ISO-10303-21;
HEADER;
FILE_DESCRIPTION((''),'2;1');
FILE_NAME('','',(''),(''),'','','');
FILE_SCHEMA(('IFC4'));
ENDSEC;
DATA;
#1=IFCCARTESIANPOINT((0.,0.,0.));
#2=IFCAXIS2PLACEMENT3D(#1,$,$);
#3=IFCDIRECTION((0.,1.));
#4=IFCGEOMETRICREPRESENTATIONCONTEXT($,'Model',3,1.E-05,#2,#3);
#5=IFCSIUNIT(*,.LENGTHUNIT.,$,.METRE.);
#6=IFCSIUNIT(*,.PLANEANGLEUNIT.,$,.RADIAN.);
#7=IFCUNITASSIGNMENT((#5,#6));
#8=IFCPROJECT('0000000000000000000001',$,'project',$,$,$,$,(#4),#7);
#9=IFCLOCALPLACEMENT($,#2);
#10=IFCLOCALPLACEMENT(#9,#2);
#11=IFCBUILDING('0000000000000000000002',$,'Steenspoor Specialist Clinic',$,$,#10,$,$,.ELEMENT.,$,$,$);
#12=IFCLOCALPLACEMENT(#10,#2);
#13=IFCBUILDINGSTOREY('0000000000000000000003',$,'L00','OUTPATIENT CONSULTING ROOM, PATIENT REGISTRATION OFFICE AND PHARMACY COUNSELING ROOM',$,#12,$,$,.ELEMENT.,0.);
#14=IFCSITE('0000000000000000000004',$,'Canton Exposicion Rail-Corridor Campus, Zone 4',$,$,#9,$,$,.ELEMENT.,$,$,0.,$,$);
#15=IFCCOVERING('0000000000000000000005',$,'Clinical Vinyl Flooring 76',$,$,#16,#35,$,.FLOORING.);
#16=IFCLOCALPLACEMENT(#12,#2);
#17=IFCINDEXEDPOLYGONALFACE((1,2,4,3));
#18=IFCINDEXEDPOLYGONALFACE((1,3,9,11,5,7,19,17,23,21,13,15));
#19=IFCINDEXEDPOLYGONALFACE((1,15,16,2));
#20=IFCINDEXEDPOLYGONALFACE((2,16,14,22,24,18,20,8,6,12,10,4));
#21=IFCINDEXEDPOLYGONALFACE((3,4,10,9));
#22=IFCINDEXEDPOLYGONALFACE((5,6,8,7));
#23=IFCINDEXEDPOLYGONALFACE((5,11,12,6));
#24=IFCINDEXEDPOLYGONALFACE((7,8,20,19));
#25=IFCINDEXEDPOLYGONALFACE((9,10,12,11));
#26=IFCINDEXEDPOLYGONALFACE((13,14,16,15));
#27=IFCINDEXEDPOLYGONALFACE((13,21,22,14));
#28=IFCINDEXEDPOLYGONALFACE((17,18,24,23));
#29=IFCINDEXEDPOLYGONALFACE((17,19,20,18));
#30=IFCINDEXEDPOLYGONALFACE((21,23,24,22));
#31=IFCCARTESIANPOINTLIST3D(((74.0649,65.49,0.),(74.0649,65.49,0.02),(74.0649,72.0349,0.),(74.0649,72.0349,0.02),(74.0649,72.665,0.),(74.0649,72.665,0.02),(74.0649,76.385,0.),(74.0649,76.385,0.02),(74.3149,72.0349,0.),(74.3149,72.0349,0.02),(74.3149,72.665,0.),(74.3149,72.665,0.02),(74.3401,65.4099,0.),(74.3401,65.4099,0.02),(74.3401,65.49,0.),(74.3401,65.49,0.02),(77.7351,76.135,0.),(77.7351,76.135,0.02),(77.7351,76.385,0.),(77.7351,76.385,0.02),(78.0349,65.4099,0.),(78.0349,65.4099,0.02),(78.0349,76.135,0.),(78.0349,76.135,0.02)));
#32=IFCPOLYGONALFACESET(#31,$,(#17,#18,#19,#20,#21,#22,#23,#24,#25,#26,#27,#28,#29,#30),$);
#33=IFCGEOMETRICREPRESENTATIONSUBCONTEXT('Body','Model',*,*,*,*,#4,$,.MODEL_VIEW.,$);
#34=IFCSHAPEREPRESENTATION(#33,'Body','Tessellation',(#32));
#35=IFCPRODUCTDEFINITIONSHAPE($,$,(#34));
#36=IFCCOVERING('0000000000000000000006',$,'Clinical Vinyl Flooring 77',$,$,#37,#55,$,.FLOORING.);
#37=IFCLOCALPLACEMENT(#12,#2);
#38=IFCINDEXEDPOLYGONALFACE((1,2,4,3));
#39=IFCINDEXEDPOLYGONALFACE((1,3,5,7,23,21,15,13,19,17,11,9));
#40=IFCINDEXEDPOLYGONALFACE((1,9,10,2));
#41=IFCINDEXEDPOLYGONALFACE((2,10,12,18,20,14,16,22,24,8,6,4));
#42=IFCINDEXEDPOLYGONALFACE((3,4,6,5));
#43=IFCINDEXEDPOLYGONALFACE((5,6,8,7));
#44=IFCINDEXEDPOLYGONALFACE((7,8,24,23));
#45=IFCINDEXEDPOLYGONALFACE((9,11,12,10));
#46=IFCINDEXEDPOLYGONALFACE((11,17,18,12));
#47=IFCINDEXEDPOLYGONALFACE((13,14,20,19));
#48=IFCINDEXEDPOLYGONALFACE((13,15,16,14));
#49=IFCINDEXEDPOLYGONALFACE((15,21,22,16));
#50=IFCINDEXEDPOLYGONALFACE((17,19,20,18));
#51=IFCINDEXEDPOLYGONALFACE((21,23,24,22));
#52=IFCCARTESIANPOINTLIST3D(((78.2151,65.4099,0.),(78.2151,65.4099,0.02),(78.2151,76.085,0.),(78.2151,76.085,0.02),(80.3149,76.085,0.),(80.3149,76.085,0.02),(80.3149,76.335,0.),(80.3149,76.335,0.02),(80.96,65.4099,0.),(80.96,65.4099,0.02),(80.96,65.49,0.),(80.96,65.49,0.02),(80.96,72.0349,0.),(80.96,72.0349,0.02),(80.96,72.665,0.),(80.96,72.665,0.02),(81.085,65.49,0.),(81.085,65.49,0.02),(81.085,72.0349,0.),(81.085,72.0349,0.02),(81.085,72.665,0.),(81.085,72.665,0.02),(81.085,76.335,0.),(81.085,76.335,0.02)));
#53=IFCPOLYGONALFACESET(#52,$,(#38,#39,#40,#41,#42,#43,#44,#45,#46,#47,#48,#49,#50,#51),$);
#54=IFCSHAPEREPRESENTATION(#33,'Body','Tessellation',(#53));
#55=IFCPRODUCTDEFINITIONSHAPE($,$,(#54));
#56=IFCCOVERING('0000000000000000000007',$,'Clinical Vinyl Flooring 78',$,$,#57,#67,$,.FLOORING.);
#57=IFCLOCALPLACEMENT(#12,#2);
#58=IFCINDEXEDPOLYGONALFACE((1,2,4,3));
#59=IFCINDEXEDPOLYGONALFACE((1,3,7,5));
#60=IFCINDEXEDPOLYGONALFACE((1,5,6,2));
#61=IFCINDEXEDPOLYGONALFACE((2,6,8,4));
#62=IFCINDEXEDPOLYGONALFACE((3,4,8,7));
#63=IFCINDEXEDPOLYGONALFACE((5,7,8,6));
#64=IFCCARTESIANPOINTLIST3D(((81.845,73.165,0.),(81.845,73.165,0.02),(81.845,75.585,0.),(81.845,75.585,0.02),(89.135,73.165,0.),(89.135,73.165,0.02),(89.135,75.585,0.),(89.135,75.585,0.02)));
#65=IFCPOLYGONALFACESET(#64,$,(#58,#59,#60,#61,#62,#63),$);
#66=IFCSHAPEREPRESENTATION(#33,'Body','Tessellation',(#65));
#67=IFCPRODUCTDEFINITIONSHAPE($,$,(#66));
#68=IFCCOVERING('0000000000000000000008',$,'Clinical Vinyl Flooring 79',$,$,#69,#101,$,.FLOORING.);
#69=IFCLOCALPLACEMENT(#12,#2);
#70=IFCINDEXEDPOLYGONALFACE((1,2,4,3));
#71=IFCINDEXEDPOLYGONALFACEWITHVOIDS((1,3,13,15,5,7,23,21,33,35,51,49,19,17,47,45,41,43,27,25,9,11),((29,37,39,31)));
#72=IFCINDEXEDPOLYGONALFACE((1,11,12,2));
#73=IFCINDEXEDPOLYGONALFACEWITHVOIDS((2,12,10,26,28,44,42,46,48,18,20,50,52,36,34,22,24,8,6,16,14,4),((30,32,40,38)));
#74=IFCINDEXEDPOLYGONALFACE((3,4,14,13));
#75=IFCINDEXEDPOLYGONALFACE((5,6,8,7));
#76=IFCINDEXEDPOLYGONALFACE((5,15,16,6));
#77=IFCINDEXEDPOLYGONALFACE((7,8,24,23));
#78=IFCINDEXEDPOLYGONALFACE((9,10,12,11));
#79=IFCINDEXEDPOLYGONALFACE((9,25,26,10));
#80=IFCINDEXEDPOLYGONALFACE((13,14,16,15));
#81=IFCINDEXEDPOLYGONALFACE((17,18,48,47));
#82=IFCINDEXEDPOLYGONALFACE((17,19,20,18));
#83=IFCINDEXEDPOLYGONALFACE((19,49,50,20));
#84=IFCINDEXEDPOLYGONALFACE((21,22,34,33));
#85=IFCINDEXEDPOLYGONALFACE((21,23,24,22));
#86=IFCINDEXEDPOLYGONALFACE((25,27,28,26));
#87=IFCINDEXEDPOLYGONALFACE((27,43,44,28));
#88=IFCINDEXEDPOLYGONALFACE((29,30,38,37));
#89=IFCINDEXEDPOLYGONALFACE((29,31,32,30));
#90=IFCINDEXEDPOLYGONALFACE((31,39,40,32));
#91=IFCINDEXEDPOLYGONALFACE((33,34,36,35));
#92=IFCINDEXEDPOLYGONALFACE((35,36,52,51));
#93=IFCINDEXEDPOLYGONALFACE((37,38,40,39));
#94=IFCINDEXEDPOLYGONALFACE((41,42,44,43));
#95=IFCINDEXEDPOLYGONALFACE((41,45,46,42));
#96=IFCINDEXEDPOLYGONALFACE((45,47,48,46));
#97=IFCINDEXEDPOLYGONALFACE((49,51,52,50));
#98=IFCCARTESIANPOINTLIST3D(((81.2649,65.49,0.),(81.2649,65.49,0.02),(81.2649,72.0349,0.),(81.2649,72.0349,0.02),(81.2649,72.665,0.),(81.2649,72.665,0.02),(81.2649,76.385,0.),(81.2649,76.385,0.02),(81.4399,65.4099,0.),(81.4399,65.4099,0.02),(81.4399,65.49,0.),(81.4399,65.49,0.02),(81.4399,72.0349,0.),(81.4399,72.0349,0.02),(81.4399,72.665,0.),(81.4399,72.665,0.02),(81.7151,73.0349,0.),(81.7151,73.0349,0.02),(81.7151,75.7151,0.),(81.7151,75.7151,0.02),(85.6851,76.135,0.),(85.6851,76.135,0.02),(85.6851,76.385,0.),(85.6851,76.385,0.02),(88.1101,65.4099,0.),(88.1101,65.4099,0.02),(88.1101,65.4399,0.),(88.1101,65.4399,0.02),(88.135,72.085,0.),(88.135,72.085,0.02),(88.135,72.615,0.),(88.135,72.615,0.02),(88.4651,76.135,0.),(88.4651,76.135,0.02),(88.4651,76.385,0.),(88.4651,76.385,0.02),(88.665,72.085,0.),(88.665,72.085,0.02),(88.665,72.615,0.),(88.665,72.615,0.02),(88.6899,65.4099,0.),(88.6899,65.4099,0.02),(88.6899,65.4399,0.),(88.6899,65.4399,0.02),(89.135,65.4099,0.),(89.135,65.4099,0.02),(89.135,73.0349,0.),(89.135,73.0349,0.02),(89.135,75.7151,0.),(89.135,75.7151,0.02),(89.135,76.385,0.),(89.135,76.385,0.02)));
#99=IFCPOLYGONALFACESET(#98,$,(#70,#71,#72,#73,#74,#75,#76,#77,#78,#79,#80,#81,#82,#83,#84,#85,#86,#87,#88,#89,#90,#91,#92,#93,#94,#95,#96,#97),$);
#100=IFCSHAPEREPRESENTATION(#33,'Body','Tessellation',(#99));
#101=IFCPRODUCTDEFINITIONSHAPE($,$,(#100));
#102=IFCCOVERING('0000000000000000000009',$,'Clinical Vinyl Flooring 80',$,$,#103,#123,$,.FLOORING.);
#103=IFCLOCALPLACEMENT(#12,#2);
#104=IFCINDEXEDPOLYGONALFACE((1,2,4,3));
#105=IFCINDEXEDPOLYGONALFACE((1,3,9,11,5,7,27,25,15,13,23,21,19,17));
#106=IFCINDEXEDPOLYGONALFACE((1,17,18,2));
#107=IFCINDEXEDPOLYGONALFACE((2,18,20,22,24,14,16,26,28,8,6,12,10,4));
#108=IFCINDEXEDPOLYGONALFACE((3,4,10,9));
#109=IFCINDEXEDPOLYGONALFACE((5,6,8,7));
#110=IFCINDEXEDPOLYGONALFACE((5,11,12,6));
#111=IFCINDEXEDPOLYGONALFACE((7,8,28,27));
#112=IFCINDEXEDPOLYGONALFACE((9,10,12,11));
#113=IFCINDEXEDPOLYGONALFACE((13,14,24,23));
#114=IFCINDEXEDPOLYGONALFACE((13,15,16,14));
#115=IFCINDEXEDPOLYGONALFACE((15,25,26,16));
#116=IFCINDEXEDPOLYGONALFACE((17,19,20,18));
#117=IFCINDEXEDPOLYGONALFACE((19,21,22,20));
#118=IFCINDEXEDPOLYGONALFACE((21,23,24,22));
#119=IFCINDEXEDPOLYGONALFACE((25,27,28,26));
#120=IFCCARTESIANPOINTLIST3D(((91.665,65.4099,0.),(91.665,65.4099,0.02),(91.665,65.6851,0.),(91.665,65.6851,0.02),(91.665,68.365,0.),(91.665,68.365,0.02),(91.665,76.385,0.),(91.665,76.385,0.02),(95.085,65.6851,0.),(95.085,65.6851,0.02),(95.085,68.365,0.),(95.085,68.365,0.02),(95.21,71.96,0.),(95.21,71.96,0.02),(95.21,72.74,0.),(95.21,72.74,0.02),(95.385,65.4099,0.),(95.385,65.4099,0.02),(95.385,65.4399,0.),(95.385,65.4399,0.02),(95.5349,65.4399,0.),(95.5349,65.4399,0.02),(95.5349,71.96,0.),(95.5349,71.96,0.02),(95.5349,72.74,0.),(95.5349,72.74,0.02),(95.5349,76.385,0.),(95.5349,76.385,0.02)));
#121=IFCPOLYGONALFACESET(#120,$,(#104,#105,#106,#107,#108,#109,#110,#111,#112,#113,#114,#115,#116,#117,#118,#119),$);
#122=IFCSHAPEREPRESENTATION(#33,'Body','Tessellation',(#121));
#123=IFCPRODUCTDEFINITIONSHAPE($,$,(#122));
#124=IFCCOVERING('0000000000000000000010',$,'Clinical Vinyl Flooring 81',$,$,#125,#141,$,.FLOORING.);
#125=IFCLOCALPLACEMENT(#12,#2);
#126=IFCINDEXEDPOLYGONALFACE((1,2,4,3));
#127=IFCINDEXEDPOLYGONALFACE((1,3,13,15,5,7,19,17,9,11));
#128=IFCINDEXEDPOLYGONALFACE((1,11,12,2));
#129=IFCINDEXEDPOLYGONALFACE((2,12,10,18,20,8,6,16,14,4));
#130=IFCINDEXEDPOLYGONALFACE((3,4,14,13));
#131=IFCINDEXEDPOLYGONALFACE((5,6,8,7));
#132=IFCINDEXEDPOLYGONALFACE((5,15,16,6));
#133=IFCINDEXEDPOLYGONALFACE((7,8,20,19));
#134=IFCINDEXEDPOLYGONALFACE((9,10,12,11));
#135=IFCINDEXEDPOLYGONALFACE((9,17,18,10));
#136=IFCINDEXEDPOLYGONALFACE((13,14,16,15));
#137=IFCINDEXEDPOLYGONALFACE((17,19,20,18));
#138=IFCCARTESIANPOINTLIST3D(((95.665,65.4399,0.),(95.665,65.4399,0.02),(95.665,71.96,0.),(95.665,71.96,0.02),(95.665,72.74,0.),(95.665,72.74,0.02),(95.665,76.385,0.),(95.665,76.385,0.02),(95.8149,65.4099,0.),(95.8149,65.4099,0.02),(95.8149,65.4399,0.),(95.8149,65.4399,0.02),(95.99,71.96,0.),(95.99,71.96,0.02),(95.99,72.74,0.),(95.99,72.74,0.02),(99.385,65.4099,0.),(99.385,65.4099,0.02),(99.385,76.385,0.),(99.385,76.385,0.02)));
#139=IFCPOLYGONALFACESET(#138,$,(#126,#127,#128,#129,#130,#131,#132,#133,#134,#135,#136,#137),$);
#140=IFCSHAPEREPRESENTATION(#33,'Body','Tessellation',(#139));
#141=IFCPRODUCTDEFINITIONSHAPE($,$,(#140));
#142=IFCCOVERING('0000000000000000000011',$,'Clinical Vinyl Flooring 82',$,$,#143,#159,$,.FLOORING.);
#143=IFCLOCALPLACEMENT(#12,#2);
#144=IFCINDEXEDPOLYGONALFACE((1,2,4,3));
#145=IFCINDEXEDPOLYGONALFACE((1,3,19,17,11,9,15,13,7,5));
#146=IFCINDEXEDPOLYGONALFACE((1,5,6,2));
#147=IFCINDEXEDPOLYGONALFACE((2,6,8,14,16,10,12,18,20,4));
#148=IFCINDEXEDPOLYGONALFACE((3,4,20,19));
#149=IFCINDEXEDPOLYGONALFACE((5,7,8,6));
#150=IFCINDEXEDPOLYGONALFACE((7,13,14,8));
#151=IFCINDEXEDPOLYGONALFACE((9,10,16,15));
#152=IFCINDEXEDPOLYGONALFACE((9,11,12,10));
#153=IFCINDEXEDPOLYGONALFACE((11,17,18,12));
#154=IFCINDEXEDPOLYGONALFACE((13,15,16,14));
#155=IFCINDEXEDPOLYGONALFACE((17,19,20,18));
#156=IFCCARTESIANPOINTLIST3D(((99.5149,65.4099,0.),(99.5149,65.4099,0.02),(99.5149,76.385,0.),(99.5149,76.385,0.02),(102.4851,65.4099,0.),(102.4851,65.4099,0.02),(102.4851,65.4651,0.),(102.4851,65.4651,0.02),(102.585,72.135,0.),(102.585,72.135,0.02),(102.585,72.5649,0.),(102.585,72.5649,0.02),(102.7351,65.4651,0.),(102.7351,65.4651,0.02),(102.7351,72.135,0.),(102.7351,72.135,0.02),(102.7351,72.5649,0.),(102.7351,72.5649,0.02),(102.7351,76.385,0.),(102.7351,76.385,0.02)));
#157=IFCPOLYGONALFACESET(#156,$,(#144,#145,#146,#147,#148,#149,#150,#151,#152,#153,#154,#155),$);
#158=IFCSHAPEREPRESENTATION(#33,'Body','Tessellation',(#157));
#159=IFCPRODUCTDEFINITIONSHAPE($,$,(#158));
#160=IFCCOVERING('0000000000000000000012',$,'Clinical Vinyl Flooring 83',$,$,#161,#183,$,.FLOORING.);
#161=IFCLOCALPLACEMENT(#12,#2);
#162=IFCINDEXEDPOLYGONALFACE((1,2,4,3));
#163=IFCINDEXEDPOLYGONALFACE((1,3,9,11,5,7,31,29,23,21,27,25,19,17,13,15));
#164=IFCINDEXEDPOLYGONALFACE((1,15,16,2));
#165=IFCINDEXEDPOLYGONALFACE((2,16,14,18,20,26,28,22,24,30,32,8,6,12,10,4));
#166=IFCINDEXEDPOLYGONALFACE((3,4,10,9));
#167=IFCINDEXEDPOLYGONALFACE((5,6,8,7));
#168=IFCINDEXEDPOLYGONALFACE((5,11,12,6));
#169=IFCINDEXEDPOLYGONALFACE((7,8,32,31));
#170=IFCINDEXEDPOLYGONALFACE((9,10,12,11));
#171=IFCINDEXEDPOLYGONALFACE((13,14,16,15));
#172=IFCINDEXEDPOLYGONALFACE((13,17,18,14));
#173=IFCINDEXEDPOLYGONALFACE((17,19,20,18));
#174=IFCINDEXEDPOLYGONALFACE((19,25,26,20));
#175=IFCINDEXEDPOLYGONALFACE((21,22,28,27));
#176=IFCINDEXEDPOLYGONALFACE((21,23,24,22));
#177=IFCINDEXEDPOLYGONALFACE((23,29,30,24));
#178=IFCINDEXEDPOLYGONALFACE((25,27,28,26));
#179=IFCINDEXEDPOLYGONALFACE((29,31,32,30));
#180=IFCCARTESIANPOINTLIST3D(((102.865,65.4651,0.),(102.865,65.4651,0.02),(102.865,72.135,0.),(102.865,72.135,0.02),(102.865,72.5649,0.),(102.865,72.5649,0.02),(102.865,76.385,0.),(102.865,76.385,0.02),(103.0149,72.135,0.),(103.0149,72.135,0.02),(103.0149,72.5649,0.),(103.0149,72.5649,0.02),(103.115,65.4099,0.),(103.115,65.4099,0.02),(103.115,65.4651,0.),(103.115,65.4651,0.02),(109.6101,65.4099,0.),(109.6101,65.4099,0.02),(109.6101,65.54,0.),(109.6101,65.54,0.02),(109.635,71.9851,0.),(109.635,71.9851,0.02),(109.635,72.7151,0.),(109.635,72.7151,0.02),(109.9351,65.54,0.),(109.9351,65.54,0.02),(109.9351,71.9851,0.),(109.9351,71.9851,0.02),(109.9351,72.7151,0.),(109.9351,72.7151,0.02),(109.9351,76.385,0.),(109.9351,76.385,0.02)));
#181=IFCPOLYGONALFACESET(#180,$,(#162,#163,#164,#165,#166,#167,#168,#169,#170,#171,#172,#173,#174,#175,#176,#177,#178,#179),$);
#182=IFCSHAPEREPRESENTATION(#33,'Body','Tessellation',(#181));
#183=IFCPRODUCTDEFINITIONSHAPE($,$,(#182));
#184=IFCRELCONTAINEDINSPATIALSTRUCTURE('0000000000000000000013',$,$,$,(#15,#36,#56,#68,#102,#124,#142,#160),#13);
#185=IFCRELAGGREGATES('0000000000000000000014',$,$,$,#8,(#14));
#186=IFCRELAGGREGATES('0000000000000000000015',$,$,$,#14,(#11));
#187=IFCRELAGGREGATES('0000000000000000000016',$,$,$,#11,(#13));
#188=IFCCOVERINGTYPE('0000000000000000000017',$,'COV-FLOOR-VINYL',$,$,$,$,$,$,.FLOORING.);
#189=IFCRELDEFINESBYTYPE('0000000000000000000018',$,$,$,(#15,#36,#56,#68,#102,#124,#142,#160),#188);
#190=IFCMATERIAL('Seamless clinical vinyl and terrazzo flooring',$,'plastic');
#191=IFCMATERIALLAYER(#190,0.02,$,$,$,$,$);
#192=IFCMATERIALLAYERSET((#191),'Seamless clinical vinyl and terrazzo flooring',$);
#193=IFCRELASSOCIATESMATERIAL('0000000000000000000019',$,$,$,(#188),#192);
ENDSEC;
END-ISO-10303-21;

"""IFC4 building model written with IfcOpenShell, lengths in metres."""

from ifc_helpers import new_model, si_unit, direction, origin, place, context, subcontext, project, spatial, polyline, outline, extrude, material, layer, layer_set, type_object, element, save


model = new_model("IFC4")

# Units and contexts
model_context = context("Model", 3, precision=1e-05, world=origin(), true_north=direction((0.0, 1.0)))
body_context = subcontext(model_context, "Body", "Model", "MODEL_VIEW")
ifc_project = project(units=[si_unit("LENGTHUNIT", "METRE"), si_unit("PLANEANGLEUNIT", "RADIAN")], contexts=[model_context])

# Site, building, storey
site_placement = place(None, origin())
site = spatial("IfcSite", under=ifc_project, at=site_placement, Name="Canton Exposicion Rail-Corridor Campus, Zone 4", CompositionType="ELEMENT", RefElevation=0.0)
building_placement = place(site_placement, origin())
building = spatial("IfcBuilding", under=site, at=building_placement, Name="Steenspoor Specialist Clinic", CompositionType="ELEMENT")
storey_placement = place(building_placement, origin())
storey = spatial("IfcBuildingStorey", under=building, at=storey_placement, Name="L00", Description="OUTPATIENT CONSULTING ROOM, PATIENT REGISTRATION OFFICE AND PHARMACY COUNSELING ROOM", CompositionType="ELEMENT", Elevation=0.0)

# Coverings
ifc_material = material(Name="Seamless clinical vinyl and terrazzo flooring", Category="plastic")
ifc_layer = layer(ifc_material, 0.02)
ifc_layer_set = layer_set([ifc_layer], Name="Seamless clinical vinyl and terrazzo flooring")
covering_type = type_object("IfcCoveringType", Name="COV-FLOOR-VINYL", PredefinedType="FLOORING", material=ifc_layer_set)
covering_1_placement = place(storey_placement, origin())
element("IfcCovering", 1, at=covering_1_placement, inside=storey, type_object=covering_type, Name="Clinical Vinyl Flooring 76", PredefinedType="FLOORING", context=body_context, shape_type="SweptSolid", body=[
    extrude(outline(polyline([(74.3401, 65.4099), (74.3401, 65.49), (74.0649, 65.49), (74.0649, 72.0349), (74.3149, 72.0349), (74.3149, 72.665), (74.0649, 72.665), (74.0649, 76.385), (77.7351, 76.385), (77.7351, 76.135), (78.0349, 76.135), (78.0349, 65.4099), (74.3401, 65.4099)])), origin(), (0.0, 0.0, 1.0), 0.02),
])
covering_2_placement = place(storey_placement, origin())
element("IfcCovering", 2, at=covering_2_placement, inside=storey, type_object=covering_type, Name="Clinical Vinyl Flooring 77", PredefinedType="FLOORING", context=body_context, shape_type="SweptSolid", body=[
    extrude(outline(polyline([(80.3149, 76.085), (80.3149, 76.335), (81.085, 76.335), (81.085, 72.665), (80.96, 72.665), (80.96, 72.0349), (81.085, 72.0349), (81.085, 65.49), (80.96, 65.49), (80.96, 65.4099), (78.2151, 65.4099), (78.2151, 76.085), (80.3149, 76.085)])), origin(), (0.0, 0.0, 1.0), 0.02),
])
covering_3_placement = place(storey_placement, origin())
element("IfcCovering", 3, at=covering_3_placement, inside=storey, type_object=covering_type, Name="Clinical Vinyl Flooring 78", PredefinedType="FLOORING", context=body_context, shape_type="SweptSolid", body=[
    extrude(outline(polyline([(81.845, 75.585), (89.135, 75.585), (89.135, 73.165), (81.845, 73.165), (81.845, 75.585)])), origin(), (0.0, 0.0, 1.0), 0.02),
])
covering_4_placement = place(storey_placement, origin())
element("IfcCovering", 4, at=covering_4_placement, inside=storey, type_object=covering_type, Name="Clinical Vinyl Flooring 79", PredefinedType="FLOORING", context=body_context, shape_type="SweptSolid", body=[
    extrude(outline(polyline([(89.135, 75.7151), (81.7151, 75.7151), (81.7151, 73.0349), (89.135, 73.0349), (89.135, 65.4099), (88.6899, 65.4099), (88.6899, 65.4399), (88.1101, 65.4399), (88.1101, 65.4099), (81.4399, 65.4099), (81.4399, 65.49), (81.2649, 65.49), (81.2649, 72.0349), (81.4399, 72.0349), (81.4399, 72.665), (81.2649, 72.665), (81.2649, 76.385), (85.6851, 76.385), (85.6851, 76.135), (88.4651, 76.135), (88.4651, 76.385), (89.135, 76.385), (89.135, 75.7151)]), holes=[polyline([(88.665, 72.085), (88.665, 72.615), (88.135, 72.615), (88.135, 72.085), (88.665, 72.085)])]), origin(), (0.0, 0.0, 1.0), 0.02),
])
covering_5_placement = place(storey_placement, origin())
element("IfcCovering", 5, at=covering_5_placement, inside=storey, type_object=covering_type, Name="Clinical Vinyl Flooring 80", PredefinedType="FLOORING", context=body_context, shape_type="SweptSolid", body=[
    extrude(outline(polyline([(95.085, 65.6851), (95.085, 68.365), (91.665, 68.365), (91.665, 76.385), (95.5349, 76.385), (95.5349, 72.74), (95.21, 72.74), (95.21, 71.96), (95.5349, 71.96), (95.5349, 65.4399), (95.385, 65.4399), (95.385, 65.4099), (91.665, 65.4099), (91.665, 65.6851), (95.085, 65.6851)])), origin(), (0.0, 0.0, 1.0), 0.02),
])
covering_6_placement = place(storey_placement, origin())
element("IfcCovering", 6, at=covering_6_placement, inside=storey, type_object=covering_type, Name="Clinical Vinyl Flooring 81", PredefinedType="FLOORING", context=body_context, shape_type="SweptSolid", body=[
    extrude(outline(polyline([(99.385, 65.4099), (95.8149, 65.4099), (95.8149, 65.4399), (95.665, 65.4399), (95.665, 71.96), (95.99, 71.96), (95.99, 72.74), (95.665, 72.74), (95.665, 76.385), (99.385, 76.385), (99.385, 65.4099)])), origin(), (0.0, 0.0, 1.0), 0.02),
])
covering_7_placement = place(storey_placement, origin())
element("IfcCovering", 7, at=covering_7_placement, inside=storey, type_object=covering_type, Name="Clinical Vinyl Flooring 82", PredefinedType="FLOORING", context=body_context, shape_type="SweptSolid", body=[
    extrude(outline(polyline([(102.7351, 72.5649), (102.585, 72.5649), (102.585, 72.135), (102.7351, 72.135), (102.7351, 65.4651), (102.4851, 65.4651), (102.4851, 65.4099), (99.5149, 65.4099), (99.5149, 76.385), (102.7351, 76.385), (102.7351, 72.5649)])), origin(), (0.0, 0.0, 1.0), 0.02),
])
covering_8_placement = place(storey_placement, origin())
element("IfcCovering", 8, at=covering_8_placement, inside=storey, type_object=covering_type, Name="Clinical Vinyl Flooring 83", PredefinedType="FLOORING", context=body_context, shape_type="SweptSolid", body=[
    extrude(outline(polyline([(109.9351, 72.7151), (109.635, 72.7151), (109.635, 71.9851), (109.9351, 71.9851), (109.9351, 65.54), (109.6101, 65.54), (109.6101, 65.4099), (103.115, 65.4099), (103.115, 65.4651), (102.865, 65.4651), (102.865, 72.135), (103.0149, 72.135), (103.0149, 72.5649), (102.865, 72.5649), (102.865, 76.385), (109.9351, 76.385), (109.9351, 72.7151)])), origin(), (0.0, 0.0, 1.0), 0.02),
])

save(model, "model.ifc")
